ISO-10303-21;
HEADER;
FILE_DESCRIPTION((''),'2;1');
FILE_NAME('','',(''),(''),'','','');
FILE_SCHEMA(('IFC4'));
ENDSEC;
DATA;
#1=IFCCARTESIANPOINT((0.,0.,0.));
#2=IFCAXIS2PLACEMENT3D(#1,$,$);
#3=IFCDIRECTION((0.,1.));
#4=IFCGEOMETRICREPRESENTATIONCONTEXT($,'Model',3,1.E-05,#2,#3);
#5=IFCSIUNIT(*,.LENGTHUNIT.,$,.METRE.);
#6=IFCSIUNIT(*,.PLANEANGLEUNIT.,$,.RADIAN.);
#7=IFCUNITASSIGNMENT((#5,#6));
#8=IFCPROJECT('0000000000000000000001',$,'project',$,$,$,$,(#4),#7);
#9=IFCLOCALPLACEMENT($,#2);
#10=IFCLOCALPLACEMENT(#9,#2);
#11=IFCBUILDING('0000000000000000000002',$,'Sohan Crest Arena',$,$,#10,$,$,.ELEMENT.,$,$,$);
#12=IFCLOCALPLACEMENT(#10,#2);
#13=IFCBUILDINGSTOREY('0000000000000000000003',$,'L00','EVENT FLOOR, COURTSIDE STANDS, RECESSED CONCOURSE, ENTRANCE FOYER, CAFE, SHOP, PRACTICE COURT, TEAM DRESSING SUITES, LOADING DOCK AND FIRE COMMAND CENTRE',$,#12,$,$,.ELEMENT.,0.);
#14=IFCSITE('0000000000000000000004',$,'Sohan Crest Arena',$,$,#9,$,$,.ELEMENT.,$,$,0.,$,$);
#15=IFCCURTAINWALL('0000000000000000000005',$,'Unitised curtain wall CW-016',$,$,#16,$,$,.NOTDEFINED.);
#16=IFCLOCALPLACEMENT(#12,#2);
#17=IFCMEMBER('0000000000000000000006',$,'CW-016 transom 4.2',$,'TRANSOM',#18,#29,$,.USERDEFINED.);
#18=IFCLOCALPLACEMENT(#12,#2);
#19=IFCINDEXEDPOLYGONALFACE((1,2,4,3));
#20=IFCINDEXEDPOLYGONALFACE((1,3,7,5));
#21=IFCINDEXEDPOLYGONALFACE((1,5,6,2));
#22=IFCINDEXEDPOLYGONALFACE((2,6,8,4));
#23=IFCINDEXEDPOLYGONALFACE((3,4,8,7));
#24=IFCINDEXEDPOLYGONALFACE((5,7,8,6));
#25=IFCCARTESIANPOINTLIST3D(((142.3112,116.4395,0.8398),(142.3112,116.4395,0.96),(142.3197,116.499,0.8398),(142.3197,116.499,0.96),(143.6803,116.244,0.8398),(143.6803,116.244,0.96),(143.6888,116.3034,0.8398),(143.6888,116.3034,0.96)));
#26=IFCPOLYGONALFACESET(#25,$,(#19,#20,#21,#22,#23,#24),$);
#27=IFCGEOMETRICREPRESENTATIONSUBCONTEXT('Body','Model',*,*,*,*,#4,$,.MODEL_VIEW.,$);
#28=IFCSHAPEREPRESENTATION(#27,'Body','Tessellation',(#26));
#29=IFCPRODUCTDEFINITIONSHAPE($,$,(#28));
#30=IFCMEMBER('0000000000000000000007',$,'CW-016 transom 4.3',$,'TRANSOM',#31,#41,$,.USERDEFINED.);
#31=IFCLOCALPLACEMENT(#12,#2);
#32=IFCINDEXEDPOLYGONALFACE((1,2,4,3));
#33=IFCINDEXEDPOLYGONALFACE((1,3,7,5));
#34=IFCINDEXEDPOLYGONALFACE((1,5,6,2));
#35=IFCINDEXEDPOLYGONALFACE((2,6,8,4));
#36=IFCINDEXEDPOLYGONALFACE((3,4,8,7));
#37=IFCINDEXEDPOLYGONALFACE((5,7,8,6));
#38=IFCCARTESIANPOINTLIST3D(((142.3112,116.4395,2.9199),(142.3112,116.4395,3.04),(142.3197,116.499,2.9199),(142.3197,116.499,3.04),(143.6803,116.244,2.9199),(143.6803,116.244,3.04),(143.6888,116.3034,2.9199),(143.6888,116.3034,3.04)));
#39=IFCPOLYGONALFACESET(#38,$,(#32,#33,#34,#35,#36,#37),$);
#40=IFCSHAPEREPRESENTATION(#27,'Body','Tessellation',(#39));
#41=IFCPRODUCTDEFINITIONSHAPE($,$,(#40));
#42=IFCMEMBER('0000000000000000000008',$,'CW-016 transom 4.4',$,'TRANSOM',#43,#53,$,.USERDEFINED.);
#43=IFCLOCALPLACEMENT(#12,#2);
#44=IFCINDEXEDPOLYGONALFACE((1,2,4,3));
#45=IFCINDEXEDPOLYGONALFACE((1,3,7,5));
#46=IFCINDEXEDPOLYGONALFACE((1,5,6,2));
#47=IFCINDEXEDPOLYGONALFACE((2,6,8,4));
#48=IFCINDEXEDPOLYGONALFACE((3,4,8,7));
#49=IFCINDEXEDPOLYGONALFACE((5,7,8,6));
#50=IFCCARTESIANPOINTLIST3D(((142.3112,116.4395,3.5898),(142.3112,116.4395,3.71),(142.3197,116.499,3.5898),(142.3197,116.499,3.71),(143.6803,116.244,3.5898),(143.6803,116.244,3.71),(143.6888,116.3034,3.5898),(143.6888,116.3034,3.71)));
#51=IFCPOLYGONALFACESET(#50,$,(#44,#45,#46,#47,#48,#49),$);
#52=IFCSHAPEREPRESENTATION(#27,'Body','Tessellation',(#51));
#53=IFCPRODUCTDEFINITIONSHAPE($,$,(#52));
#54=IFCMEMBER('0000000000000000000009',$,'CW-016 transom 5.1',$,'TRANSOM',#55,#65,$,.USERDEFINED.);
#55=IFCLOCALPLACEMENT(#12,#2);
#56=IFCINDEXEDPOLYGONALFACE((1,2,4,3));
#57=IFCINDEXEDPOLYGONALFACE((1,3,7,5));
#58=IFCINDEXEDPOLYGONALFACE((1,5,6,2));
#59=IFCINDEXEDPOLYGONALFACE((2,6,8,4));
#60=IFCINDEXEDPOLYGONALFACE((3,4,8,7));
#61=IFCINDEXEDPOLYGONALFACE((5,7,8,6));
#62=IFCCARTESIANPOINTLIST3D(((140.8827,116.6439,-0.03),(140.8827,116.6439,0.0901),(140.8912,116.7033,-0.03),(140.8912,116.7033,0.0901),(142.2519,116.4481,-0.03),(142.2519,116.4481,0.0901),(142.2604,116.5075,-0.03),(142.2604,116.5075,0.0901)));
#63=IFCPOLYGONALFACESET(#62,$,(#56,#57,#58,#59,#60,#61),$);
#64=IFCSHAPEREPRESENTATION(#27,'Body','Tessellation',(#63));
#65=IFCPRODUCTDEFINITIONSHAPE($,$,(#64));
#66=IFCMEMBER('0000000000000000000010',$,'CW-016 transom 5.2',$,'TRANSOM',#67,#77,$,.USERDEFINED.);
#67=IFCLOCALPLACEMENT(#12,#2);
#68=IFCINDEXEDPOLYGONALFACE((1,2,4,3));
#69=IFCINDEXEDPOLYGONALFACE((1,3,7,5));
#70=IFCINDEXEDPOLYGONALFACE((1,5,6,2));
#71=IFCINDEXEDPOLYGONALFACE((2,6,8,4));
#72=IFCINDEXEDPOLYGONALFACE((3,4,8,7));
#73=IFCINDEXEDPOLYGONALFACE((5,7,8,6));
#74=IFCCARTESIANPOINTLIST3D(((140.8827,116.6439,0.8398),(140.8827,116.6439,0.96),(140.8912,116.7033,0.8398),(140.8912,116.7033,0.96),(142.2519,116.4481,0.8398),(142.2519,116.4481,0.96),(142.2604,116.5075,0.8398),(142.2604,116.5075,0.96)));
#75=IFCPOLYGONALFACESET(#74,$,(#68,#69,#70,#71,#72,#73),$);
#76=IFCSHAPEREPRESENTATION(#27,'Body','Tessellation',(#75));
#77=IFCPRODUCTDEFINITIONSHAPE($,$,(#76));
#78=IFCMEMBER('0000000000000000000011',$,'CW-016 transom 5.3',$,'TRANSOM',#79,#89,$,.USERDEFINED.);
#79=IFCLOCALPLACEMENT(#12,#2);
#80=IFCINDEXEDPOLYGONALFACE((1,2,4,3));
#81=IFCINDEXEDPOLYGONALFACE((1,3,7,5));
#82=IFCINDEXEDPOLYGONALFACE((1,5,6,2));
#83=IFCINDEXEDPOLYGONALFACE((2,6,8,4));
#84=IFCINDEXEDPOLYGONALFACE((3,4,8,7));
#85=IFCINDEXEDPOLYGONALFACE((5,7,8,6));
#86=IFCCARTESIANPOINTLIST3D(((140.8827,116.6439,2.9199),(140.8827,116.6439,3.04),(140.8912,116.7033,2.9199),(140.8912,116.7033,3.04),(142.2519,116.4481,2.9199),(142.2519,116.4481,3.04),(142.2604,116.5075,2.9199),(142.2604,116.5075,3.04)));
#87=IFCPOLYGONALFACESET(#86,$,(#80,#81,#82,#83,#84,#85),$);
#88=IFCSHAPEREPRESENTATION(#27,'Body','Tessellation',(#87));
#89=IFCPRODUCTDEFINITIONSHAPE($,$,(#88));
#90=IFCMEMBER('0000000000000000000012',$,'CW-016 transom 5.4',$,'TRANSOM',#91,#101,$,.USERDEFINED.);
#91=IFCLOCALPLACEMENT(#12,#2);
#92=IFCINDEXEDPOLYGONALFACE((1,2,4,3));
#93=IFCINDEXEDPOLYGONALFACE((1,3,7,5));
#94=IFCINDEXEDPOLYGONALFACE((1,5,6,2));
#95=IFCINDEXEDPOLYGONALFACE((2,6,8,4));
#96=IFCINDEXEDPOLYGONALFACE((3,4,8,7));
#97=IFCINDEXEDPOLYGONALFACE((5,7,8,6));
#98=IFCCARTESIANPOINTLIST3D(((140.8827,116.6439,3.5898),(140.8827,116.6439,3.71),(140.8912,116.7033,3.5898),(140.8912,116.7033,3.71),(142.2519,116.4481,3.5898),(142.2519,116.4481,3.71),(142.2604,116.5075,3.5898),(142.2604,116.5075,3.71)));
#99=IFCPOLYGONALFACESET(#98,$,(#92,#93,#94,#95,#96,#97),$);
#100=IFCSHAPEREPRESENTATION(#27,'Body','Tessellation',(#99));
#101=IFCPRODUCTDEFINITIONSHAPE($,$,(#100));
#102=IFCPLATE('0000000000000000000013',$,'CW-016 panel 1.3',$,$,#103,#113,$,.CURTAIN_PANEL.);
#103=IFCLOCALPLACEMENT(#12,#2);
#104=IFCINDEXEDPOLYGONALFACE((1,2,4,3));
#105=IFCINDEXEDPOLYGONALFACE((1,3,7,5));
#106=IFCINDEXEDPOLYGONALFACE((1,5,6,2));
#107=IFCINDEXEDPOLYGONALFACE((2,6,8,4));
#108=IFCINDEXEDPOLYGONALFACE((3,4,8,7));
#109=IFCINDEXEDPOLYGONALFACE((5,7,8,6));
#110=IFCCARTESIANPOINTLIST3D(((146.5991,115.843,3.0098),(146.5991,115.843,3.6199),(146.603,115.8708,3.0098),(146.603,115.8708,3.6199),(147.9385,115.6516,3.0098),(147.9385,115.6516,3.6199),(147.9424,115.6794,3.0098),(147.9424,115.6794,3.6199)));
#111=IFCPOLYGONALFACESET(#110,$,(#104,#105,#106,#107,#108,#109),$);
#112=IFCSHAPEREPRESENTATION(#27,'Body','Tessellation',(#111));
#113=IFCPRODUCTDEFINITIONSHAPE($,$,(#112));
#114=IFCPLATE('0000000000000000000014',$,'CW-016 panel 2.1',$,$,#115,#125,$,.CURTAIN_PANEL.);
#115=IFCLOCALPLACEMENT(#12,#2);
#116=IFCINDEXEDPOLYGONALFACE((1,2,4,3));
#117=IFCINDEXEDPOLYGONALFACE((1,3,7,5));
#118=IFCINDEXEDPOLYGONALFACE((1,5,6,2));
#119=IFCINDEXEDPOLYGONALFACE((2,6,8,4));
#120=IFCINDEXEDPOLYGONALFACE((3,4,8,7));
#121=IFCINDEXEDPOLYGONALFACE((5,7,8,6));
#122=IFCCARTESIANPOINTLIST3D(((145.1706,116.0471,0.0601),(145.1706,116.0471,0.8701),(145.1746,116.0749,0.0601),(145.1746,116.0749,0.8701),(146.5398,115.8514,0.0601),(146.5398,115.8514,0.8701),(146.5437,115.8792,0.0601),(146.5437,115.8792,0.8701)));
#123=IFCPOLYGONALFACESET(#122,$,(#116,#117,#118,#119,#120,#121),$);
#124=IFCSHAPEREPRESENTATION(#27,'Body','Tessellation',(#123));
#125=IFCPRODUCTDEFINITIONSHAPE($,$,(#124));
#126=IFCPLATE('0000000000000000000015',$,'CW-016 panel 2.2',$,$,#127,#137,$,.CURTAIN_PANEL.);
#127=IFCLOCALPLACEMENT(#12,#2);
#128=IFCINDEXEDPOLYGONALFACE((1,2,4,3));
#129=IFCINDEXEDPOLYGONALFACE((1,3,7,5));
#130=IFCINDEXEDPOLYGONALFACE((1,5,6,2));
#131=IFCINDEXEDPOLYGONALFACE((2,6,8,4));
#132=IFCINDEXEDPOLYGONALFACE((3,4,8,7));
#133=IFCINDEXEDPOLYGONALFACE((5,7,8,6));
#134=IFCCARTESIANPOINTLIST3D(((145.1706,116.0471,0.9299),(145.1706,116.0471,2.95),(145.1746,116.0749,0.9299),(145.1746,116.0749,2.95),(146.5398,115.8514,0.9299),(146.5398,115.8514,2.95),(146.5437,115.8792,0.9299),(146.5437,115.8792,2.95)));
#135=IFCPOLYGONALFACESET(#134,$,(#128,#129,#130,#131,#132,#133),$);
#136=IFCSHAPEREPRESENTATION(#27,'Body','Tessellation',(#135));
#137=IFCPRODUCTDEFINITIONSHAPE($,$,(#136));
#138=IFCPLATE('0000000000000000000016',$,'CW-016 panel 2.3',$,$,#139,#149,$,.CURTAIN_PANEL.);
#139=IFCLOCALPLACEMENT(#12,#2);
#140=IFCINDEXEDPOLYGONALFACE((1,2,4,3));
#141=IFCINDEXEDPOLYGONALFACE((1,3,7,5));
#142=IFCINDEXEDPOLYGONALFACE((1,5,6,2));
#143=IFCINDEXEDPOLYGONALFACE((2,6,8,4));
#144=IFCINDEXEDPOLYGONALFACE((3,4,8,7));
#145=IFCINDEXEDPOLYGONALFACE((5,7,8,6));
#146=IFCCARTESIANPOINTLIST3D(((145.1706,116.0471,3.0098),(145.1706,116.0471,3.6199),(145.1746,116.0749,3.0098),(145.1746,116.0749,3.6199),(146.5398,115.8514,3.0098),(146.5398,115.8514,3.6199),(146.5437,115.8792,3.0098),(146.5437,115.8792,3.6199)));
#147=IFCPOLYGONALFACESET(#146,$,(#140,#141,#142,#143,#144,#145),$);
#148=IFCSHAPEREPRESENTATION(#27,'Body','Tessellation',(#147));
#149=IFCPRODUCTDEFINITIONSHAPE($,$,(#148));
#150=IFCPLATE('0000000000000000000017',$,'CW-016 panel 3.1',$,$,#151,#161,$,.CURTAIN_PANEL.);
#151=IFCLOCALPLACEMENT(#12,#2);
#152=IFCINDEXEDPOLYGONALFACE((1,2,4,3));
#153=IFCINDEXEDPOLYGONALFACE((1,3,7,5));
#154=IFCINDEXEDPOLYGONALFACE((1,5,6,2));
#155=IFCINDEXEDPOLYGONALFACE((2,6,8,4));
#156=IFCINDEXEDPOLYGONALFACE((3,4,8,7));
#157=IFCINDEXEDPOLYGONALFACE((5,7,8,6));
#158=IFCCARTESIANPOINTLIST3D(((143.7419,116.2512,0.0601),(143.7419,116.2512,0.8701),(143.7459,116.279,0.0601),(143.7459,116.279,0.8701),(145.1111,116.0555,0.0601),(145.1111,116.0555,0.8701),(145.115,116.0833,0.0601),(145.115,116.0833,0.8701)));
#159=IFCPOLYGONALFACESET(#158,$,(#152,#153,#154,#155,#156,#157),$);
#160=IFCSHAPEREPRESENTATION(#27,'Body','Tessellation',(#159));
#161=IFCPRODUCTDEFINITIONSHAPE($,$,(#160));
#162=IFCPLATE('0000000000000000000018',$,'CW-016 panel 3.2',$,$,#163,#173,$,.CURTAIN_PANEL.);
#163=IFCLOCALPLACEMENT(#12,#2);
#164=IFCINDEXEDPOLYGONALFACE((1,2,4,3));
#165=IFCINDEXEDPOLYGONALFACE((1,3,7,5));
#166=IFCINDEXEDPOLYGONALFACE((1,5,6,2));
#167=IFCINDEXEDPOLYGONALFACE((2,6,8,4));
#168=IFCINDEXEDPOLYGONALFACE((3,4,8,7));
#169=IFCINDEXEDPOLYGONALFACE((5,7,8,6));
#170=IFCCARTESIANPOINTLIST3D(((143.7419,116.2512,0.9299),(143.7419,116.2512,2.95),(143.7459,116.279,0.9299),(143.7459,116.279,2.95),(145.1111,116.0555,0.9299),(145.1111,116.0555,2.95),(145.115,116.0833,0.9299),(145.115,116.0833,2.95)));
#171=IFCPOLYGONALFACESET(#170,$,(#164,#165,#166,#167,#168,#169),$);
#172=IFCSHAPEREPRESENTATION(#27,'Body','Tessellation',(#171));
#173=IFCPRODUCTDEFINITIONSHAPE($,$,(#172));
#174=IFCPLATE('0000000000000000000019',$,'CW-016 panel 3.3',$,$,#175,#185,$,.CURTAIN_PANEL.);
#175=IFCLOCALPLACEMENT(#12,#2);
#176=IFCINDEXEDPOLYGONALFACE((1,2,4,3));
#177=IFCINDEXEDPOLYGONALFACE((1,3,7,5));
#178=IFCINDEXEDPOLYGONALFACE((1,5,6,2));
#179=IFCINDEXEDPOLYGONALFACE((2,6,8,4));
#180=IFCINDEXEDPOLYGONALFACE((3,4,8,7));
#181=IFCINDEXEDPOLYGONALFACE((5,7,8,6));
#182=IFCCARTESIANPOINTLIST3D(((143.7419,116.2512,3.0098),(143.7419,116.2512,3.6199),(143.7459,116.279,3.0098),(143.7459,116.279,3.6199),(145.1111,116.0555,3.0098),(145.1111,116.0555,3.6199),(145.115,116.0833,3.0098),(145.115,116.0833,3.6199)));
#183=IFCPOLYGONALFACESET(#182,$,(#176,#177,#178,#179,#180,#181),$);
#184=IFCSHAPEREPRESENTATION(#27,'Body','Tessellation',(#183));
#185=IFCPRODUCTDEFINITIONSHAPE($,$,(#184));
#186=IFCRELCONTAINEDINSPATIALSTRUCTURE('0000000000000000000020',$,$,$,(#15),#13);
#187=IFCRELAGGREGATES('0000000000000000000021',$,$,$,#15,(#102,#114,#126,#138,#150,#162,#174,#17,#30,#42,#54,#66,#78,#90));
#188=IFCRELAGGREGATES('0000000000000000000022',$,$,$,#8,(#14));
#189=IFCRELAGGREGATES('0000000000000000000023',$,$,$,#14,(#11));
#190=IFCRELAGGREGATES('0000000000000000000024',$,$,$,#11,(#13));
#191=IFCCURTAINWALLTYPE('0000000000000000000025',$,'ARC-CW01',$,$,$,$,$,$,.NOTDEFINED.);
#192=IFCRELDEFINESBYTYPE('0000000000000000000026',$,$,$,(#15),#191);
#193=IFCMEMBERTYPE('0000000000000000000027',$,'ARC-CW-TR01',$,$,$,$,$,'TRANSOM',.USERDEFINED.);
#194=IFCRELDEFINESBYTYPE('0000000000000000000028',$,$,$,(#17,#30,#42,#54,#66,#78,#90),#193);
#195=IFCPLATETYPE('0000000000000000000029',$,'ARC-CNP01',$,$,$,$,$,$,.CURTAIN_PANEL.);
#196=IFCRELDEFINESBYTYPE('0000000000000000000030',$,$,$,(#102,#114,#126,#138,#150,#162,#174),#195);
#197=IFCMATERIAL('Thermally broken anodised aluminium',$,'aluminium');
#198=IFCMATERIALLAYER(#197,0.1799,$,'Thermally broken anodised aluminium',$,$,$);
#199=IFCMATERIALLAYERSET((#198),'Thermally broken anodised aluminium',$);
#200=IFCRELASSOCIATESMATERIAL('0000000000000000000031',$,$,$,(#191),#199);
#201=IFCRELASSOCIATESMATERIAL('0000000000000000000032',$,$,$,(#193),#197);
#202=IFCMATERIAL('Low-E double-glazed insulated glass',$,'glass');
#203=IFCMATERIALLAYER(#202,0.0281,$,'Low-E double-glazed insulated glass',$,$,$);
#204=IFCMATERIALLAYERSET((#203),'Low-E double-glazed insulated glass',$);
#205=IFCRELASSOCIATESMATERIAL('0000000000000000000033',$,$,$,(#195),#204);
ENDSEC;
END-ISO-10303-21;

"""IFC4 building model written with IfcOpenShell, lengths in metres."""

from ifc_helpers import new_model, si_unit, direction, frame, origin, origin_2d, place, context, subcontext, project, spatial, rectangle, extrude, material, layer, layer_set, material_profile, profile_set, type_object, element, aggregate, save


model = new_model("IFC4")

# Units and contexts
model_context = context("Model", 3, precision=1e-05, world=origin(), true_north=direction((0.0, 1.0)))
body_context = subcontext(model_context, "Body", "Model", "MODEL_VIEW")
ifc_project = project(units=[si_unit("LENGTHUNIT", "METRE"), si_unit("PLANEANGLEUNIT", "RADIAN")], contexts=[model_context])

# Site, building, storey
site_placement = place(None, origin())
site = spatial("IfcSite", under=ifc_project, at=site_placement, Name="Sohan Crest Arena", CompositionType="ELEMENT", RefElevation=0.0)
building_placement = place(site_placement, origin())
building = spatial("IfcBuilding", under=site, at=building_placement, Name="Sohan Crest Arena", CompositionType="ELEMENT")
storey_placement = place(building_placement, origin())
storey = spatial("IfcBuildingStorey", under=building, at=storey_placement, Name="L00", Description="EVENT FLOOR, COURTSIDE STANDS, RECESSED CONCOURSE, ENTRANCE FOYER, CAFE, SHOP, PRACTICE COURT, TEAM DRESSING SUITES, LOADING DOCK AND FIRE COMMAND CENTRE", CompositionType="ELEMENT", Elevation=0.0)

# Curtain wall, members, plates
ifc_material_1 = material(Name="Thermally broken anodised aluminium", Category="aluminium")
ifc_layer_1 = layer(ifc_material_1, 0.1799, Name="Thermally broken anodised aluminium")
ifc_layer_set_1 = layer_set([ifc_layer_1], Name="Thermally broken anodised aluminium")
curtain_wall_type = type_object("IfcCurtainWallType", Name="ARC-CW01", PredefinedType="NOTDEFINED", material=ifc_layer_set_1)
curtain_wall_placement = place(storey_placement, origin())
curtain_wall = element("IfcCurtainWall", 1, at=curtain_wall_placement, inside=storey, type_object=curtain_wall_type, Name="Unitised curtain wall CW-016", PredefinedType="NOTDEFINED")
ifc_material_profile_1 = material_profile(ifc_material_1, rectangle(XDim=0.0601, YDim=0.1201, at=origin_2d()), Name="ALU-TRAN 60x120")
ifc_profile_set_1 = profile_set([ifc_material_profile_1], Name="Thermally broken anodised aluminium")
member_type_1 = type_object("IfcMemberType", Name="ARC-CW-TR01", ElementType="TRANSOM", PredefinedType="USERDEFINED", material=ifc_profile_set_1)
member_1_placement = place(storey_placement, frame((143.6846, 116.2737, 0.8999), z_axis=(-0.989953, 0.141397, 0.0), x_axis=(-0.141397, -0.989953, 0.0)))
member_1 = element("IfcMember", 2, at=member_1_placement, type_object=member_type_1, Name="CW-016 transom 4.2", ObjectType="TRANSOM", PredefinedType="USERDEFINED", context=body_context, shape_type="SweptSolid", body=[
    extrude(rectangle(XDim=0.0601, YDim=0.1201, at=origin_2d()), origin(), (0.0, 0.0, 1.0), 1.3831),
])
member_2_placement = place(storey_placement, frame((143.6846, 116.2737, 2.98), z_axis=(-0.989953, 0.141397, 0.0), x_axis=(-0.141397, -0.989953, 0.0)))
member_2 = element("IfcMember", 3, at=member_2_placement, type_object=member_type_1, Name="CW-016 transom 4.3", ObjectType="TRANSOM", PredefinedType="USERDEFINED", context=body_context, shape_type="SweptSolid", body=[
    extrude(rectangle(XDim=0.0601, YDim=0.1201, at=origin_2d()), origin(), (0.0, 0.0, 1.0), 1.3831),
])
member_3_placement = place(storey_placement, frame((143.6846, 116.2737, 3.6499), z_axis=(-0.989953, 0.141397, 0.0), x_axis=(-0.141397, -0.989953, 0.0)))
member_3 = element("IfcMember", 4, at=member_3_placement, type_object=member_type_1, Name="CW-016 transom 4.4", ObjectType="TRANSOM", PredefinedType="USERDEFINED", context=body_context, shape_type="SweptSolid", body=[
    extrude(rectangle(XDim=0.0601, YDim=0.1201, at=origin_2d()), origin(), (0.0, 0.0, 1.0), 1.3831),
])
member_4_placement = place(storey_placement, frame((142.2561, 116.4778, 0.03), z_axis=(-0.989928, 0.14157, 0.0), x_axis=(-0.14157, -0.989928, 0.0)))
member_4 = element("IfcMember", 5, at=member_4_placement, type_object=member_type_1, Name="CW-016 transom 5.1", ObjectType="TRANSOM", PredefinedType="USERDEFINED", context=body_context, shape_type="SweptSolid", body=[
    extrude(rectangle(XDim=0.0601, YDim=0.1201, at=origin_2d()), origin(), (0.0, 0.0, 1.0), 1.3831),
])
member_5_placement = place(storey_placement, frame((142.2561, 116.4778, 0.8999), z_axis=(-0.989928, 0.14157, 0.0), x_axis=(-0.14157, -0.989928, 0.0)))
member_5 = element("IfcMember", 6, at=member_5_placement, type_object=member_type_1, Name="CW-016 transom 5.2", ObjectType="TRANSOM", PredefinedType="USERDEFINED", context=body_context, shape_type="SweptSolid", body=[
    extrude(rectangle(XDim=0.0601, YDim=0.1201, at=origin_2d()), origin(), (0.0, 0.0, 1.0), 1.3831),
])
member_6_placement = place(storey_placement, frame((142.2561, 116.4778, 2.98), z_axis=(-0.989928, 0.14157, 0.0), x_axis=(-0.14157, -0.989928, 0.0)))
member_6 = element("IfcMember", 7, at=member_6_placement, type_object=member_type_1, Name="CW-016 transom 5.3", ObjectType="TRANSOM", PredefinedType="USERDEFINED", context=body_context, shape_type="SweptSolid", body=[
    extrude(rectangle(XDim=0.0601, YDim=0.1201, at=origin_2d()), origin(), (0.0, 0.0, 1.0), 1.3831),
])
member_7_placement = place(storey_placement, frame((142.2561, 116.4778, 3.6499), z_axis=(-0.989928, 0.14157, 0.0), x_axis=(-0.14157, -0.989928, 0.0)))
member_7 = element("IfcMember", 8, at=member_7_placement, type_object=member_type_1, Name="CW-016 transom 5.4", ObjectType="TRANSOM", PredefinedType="USERDEFINED", context=body_context, shape_type="SweptSolid", body=[
    extrude(rectangle(XDim=0.0601, YDim=0.1201, at=origin_2d()), origin(), (0.0, 0.0, 1.0), 1.3831),
])
ifc_material_2 = material(Name="Low-E double-glazed insulated glass", Category="glass")
ifc_layer_2 = layer(ifc_material_2, 0.0281, Name="Low-E double-glazed insulated glass")
ifc_layer_set_2 = layer_set([ifc_layer_2], Name="Low-E double-glazed insulated glass")
plate_type = type_object("IfcPlateType", Name="ARC-CNP01", PredefinedType="CURTAIN_PANEL", material=ifc_layer_set_2)
plate_1_placement = place(storey_placement, frame((147.2708, 115.7612, 3.0098), z_axis=(0.0, 0.0, 1.0), x_axis=(-0.989944, 0.141463, 0.0)))
plate_1 = element("IfcPlate", 9, at=plate_1_placement, type_object=plate_type, Name="CW-016 panel 1.3", PredefinedType="CURTAIN_PANEL", context=body_context, shape_type="SweptSolid", body=[
    extrude(rectangle(XDim=1.353, YDim=0.0281, at=origin_2d()), origin(), (0.0, 0.0, 1.0), 0.6101),
])
plate_2_placement = place(storey_placement, frame((145.8572, 115.9631, 0.0601), z_axis=(0.0, 0.0, 1.0), x_axis=(-0.989944, 0.141463, 0.0)))
plate_2 = element("IfcPlate", 10, at=plate_2_placement, type_object=plate_type, Name="CW-016 panel 2.1", PredefinedType="CURTAIN_PANEL", context=body_context, shape_type="SweptSolid", body=[
    extrude(rectangle(XDim=1.3831, YDim=0.0281, at=origin_2d()), origin(), (0.0, 0.0, 1.0), 0.8101),
])
plate_3_placement = place(storey_placement, frame((145.8572, 115.9631, 0.9299), z_axis=(0.0, 0.0, 1.0), x_axis=(-0.989944, 0.141463, 0.0)))
plate_3 = element("IfcPlate", 11, at=plate_3_placement, type_object=plate_type, Name="CW-016 panel 2.2", PredefinedType="CURTAIN_PANEL", context=body_context, shape_type="SweptSolid", body=[
    extrude(rectangle(XDim=1.3831, YDim=0.0281, at=origin_2d()), origin(), (0.0, 0.0, 1.0), 2.02),
])
plate_4_placement = place(storey_placement, frame((145.8572, 115.9631, 3.0098), z_axis=(0.0, 0.0, 1.0), x_axis=(-0.989944, 0.141463, 0.0)))
plate_4 = element("IfcPlate", 12, at=plate_4_placement, type_object=plate_type, Name="CW-016 panel 2.3", PredefinedType="CURTAIN_PANEL", context=body_context, shape_type="SweptSolid", body=[
    extrude(rectangle(XDim=1.3831, YDim=0.0281, at=origin_2d()), origin(), (0.0, 0.0, 1.0), 0.6101),
])
plate_5_placement = place(storey_placement, frame((144.4285, 116.1672, 0.0601), z_axis=(0.0, 0.0, 1.0), x_axis=(-0.989944, 0.141463, 0.0)))
plate_5 = element("IfcPlate", 13, at=plate_5_placement, type_object=plate_type, Name="CW-016 panel 3.1", PredefinedType="CURTAIN_PANEL", context=body_context, shape_type="SweptSolid", body=[
    extrude(rectangle(XDim=1.3831, YDim=0.0281, at=origin_2d()), origin(), (0.0, 0.0, 1.0), 0.8101),
])
plate_6_placement = place(storey_placement, frame((144.4285, 116.1672, 0.9299), z_axis=(0.0, 0.0, 1.0), x_axis=(-0.989944, 0.141463, 0.0)))
plate_6 = element("IfcPlate", 14, at=plate_6_placement, type_object=plate_type, Name="CW-016 panel 3.2", PredefinedType="CURTAIN_PANEL", context=body_context, shape_type="SweptSolid", body=[
    extrude(rectangle(XDim=1.3831, YDim=0.0281, at=origin_2d()), origin(), (0.0, 0.0, 1.0), 2.02),
])
plate_7_placement = place(storey_placement, frame((144.4285, 116.1672, 3.0098), z_axis=(0.0, 0.0, 1.0), x_axis=(-0.989944, 0.141463, 0.0)))
plate_7 = element("IfcPlate", 15, at=plate_7_placement, type_object=plate_type, Name="CW-016 panel 3.3", PredefinedType="CURTAIN_PANEL", context=body_context, shape_type="SweptSolid", body=[
    extrude(rectangle(XDim=1.3831, YDim=0.0281, at=origin_2d()), origin(), (0.0, 0.0, 1.0), 0.6101),
])
aggregate(curtain_wall, [plate_1, plate_2, plate_3, plate_4, plate_5, plate_6, plate_7, member_1, member_2, member_3, member_4, member_5, member_6, member_7])

save(model, "model.ifc")
